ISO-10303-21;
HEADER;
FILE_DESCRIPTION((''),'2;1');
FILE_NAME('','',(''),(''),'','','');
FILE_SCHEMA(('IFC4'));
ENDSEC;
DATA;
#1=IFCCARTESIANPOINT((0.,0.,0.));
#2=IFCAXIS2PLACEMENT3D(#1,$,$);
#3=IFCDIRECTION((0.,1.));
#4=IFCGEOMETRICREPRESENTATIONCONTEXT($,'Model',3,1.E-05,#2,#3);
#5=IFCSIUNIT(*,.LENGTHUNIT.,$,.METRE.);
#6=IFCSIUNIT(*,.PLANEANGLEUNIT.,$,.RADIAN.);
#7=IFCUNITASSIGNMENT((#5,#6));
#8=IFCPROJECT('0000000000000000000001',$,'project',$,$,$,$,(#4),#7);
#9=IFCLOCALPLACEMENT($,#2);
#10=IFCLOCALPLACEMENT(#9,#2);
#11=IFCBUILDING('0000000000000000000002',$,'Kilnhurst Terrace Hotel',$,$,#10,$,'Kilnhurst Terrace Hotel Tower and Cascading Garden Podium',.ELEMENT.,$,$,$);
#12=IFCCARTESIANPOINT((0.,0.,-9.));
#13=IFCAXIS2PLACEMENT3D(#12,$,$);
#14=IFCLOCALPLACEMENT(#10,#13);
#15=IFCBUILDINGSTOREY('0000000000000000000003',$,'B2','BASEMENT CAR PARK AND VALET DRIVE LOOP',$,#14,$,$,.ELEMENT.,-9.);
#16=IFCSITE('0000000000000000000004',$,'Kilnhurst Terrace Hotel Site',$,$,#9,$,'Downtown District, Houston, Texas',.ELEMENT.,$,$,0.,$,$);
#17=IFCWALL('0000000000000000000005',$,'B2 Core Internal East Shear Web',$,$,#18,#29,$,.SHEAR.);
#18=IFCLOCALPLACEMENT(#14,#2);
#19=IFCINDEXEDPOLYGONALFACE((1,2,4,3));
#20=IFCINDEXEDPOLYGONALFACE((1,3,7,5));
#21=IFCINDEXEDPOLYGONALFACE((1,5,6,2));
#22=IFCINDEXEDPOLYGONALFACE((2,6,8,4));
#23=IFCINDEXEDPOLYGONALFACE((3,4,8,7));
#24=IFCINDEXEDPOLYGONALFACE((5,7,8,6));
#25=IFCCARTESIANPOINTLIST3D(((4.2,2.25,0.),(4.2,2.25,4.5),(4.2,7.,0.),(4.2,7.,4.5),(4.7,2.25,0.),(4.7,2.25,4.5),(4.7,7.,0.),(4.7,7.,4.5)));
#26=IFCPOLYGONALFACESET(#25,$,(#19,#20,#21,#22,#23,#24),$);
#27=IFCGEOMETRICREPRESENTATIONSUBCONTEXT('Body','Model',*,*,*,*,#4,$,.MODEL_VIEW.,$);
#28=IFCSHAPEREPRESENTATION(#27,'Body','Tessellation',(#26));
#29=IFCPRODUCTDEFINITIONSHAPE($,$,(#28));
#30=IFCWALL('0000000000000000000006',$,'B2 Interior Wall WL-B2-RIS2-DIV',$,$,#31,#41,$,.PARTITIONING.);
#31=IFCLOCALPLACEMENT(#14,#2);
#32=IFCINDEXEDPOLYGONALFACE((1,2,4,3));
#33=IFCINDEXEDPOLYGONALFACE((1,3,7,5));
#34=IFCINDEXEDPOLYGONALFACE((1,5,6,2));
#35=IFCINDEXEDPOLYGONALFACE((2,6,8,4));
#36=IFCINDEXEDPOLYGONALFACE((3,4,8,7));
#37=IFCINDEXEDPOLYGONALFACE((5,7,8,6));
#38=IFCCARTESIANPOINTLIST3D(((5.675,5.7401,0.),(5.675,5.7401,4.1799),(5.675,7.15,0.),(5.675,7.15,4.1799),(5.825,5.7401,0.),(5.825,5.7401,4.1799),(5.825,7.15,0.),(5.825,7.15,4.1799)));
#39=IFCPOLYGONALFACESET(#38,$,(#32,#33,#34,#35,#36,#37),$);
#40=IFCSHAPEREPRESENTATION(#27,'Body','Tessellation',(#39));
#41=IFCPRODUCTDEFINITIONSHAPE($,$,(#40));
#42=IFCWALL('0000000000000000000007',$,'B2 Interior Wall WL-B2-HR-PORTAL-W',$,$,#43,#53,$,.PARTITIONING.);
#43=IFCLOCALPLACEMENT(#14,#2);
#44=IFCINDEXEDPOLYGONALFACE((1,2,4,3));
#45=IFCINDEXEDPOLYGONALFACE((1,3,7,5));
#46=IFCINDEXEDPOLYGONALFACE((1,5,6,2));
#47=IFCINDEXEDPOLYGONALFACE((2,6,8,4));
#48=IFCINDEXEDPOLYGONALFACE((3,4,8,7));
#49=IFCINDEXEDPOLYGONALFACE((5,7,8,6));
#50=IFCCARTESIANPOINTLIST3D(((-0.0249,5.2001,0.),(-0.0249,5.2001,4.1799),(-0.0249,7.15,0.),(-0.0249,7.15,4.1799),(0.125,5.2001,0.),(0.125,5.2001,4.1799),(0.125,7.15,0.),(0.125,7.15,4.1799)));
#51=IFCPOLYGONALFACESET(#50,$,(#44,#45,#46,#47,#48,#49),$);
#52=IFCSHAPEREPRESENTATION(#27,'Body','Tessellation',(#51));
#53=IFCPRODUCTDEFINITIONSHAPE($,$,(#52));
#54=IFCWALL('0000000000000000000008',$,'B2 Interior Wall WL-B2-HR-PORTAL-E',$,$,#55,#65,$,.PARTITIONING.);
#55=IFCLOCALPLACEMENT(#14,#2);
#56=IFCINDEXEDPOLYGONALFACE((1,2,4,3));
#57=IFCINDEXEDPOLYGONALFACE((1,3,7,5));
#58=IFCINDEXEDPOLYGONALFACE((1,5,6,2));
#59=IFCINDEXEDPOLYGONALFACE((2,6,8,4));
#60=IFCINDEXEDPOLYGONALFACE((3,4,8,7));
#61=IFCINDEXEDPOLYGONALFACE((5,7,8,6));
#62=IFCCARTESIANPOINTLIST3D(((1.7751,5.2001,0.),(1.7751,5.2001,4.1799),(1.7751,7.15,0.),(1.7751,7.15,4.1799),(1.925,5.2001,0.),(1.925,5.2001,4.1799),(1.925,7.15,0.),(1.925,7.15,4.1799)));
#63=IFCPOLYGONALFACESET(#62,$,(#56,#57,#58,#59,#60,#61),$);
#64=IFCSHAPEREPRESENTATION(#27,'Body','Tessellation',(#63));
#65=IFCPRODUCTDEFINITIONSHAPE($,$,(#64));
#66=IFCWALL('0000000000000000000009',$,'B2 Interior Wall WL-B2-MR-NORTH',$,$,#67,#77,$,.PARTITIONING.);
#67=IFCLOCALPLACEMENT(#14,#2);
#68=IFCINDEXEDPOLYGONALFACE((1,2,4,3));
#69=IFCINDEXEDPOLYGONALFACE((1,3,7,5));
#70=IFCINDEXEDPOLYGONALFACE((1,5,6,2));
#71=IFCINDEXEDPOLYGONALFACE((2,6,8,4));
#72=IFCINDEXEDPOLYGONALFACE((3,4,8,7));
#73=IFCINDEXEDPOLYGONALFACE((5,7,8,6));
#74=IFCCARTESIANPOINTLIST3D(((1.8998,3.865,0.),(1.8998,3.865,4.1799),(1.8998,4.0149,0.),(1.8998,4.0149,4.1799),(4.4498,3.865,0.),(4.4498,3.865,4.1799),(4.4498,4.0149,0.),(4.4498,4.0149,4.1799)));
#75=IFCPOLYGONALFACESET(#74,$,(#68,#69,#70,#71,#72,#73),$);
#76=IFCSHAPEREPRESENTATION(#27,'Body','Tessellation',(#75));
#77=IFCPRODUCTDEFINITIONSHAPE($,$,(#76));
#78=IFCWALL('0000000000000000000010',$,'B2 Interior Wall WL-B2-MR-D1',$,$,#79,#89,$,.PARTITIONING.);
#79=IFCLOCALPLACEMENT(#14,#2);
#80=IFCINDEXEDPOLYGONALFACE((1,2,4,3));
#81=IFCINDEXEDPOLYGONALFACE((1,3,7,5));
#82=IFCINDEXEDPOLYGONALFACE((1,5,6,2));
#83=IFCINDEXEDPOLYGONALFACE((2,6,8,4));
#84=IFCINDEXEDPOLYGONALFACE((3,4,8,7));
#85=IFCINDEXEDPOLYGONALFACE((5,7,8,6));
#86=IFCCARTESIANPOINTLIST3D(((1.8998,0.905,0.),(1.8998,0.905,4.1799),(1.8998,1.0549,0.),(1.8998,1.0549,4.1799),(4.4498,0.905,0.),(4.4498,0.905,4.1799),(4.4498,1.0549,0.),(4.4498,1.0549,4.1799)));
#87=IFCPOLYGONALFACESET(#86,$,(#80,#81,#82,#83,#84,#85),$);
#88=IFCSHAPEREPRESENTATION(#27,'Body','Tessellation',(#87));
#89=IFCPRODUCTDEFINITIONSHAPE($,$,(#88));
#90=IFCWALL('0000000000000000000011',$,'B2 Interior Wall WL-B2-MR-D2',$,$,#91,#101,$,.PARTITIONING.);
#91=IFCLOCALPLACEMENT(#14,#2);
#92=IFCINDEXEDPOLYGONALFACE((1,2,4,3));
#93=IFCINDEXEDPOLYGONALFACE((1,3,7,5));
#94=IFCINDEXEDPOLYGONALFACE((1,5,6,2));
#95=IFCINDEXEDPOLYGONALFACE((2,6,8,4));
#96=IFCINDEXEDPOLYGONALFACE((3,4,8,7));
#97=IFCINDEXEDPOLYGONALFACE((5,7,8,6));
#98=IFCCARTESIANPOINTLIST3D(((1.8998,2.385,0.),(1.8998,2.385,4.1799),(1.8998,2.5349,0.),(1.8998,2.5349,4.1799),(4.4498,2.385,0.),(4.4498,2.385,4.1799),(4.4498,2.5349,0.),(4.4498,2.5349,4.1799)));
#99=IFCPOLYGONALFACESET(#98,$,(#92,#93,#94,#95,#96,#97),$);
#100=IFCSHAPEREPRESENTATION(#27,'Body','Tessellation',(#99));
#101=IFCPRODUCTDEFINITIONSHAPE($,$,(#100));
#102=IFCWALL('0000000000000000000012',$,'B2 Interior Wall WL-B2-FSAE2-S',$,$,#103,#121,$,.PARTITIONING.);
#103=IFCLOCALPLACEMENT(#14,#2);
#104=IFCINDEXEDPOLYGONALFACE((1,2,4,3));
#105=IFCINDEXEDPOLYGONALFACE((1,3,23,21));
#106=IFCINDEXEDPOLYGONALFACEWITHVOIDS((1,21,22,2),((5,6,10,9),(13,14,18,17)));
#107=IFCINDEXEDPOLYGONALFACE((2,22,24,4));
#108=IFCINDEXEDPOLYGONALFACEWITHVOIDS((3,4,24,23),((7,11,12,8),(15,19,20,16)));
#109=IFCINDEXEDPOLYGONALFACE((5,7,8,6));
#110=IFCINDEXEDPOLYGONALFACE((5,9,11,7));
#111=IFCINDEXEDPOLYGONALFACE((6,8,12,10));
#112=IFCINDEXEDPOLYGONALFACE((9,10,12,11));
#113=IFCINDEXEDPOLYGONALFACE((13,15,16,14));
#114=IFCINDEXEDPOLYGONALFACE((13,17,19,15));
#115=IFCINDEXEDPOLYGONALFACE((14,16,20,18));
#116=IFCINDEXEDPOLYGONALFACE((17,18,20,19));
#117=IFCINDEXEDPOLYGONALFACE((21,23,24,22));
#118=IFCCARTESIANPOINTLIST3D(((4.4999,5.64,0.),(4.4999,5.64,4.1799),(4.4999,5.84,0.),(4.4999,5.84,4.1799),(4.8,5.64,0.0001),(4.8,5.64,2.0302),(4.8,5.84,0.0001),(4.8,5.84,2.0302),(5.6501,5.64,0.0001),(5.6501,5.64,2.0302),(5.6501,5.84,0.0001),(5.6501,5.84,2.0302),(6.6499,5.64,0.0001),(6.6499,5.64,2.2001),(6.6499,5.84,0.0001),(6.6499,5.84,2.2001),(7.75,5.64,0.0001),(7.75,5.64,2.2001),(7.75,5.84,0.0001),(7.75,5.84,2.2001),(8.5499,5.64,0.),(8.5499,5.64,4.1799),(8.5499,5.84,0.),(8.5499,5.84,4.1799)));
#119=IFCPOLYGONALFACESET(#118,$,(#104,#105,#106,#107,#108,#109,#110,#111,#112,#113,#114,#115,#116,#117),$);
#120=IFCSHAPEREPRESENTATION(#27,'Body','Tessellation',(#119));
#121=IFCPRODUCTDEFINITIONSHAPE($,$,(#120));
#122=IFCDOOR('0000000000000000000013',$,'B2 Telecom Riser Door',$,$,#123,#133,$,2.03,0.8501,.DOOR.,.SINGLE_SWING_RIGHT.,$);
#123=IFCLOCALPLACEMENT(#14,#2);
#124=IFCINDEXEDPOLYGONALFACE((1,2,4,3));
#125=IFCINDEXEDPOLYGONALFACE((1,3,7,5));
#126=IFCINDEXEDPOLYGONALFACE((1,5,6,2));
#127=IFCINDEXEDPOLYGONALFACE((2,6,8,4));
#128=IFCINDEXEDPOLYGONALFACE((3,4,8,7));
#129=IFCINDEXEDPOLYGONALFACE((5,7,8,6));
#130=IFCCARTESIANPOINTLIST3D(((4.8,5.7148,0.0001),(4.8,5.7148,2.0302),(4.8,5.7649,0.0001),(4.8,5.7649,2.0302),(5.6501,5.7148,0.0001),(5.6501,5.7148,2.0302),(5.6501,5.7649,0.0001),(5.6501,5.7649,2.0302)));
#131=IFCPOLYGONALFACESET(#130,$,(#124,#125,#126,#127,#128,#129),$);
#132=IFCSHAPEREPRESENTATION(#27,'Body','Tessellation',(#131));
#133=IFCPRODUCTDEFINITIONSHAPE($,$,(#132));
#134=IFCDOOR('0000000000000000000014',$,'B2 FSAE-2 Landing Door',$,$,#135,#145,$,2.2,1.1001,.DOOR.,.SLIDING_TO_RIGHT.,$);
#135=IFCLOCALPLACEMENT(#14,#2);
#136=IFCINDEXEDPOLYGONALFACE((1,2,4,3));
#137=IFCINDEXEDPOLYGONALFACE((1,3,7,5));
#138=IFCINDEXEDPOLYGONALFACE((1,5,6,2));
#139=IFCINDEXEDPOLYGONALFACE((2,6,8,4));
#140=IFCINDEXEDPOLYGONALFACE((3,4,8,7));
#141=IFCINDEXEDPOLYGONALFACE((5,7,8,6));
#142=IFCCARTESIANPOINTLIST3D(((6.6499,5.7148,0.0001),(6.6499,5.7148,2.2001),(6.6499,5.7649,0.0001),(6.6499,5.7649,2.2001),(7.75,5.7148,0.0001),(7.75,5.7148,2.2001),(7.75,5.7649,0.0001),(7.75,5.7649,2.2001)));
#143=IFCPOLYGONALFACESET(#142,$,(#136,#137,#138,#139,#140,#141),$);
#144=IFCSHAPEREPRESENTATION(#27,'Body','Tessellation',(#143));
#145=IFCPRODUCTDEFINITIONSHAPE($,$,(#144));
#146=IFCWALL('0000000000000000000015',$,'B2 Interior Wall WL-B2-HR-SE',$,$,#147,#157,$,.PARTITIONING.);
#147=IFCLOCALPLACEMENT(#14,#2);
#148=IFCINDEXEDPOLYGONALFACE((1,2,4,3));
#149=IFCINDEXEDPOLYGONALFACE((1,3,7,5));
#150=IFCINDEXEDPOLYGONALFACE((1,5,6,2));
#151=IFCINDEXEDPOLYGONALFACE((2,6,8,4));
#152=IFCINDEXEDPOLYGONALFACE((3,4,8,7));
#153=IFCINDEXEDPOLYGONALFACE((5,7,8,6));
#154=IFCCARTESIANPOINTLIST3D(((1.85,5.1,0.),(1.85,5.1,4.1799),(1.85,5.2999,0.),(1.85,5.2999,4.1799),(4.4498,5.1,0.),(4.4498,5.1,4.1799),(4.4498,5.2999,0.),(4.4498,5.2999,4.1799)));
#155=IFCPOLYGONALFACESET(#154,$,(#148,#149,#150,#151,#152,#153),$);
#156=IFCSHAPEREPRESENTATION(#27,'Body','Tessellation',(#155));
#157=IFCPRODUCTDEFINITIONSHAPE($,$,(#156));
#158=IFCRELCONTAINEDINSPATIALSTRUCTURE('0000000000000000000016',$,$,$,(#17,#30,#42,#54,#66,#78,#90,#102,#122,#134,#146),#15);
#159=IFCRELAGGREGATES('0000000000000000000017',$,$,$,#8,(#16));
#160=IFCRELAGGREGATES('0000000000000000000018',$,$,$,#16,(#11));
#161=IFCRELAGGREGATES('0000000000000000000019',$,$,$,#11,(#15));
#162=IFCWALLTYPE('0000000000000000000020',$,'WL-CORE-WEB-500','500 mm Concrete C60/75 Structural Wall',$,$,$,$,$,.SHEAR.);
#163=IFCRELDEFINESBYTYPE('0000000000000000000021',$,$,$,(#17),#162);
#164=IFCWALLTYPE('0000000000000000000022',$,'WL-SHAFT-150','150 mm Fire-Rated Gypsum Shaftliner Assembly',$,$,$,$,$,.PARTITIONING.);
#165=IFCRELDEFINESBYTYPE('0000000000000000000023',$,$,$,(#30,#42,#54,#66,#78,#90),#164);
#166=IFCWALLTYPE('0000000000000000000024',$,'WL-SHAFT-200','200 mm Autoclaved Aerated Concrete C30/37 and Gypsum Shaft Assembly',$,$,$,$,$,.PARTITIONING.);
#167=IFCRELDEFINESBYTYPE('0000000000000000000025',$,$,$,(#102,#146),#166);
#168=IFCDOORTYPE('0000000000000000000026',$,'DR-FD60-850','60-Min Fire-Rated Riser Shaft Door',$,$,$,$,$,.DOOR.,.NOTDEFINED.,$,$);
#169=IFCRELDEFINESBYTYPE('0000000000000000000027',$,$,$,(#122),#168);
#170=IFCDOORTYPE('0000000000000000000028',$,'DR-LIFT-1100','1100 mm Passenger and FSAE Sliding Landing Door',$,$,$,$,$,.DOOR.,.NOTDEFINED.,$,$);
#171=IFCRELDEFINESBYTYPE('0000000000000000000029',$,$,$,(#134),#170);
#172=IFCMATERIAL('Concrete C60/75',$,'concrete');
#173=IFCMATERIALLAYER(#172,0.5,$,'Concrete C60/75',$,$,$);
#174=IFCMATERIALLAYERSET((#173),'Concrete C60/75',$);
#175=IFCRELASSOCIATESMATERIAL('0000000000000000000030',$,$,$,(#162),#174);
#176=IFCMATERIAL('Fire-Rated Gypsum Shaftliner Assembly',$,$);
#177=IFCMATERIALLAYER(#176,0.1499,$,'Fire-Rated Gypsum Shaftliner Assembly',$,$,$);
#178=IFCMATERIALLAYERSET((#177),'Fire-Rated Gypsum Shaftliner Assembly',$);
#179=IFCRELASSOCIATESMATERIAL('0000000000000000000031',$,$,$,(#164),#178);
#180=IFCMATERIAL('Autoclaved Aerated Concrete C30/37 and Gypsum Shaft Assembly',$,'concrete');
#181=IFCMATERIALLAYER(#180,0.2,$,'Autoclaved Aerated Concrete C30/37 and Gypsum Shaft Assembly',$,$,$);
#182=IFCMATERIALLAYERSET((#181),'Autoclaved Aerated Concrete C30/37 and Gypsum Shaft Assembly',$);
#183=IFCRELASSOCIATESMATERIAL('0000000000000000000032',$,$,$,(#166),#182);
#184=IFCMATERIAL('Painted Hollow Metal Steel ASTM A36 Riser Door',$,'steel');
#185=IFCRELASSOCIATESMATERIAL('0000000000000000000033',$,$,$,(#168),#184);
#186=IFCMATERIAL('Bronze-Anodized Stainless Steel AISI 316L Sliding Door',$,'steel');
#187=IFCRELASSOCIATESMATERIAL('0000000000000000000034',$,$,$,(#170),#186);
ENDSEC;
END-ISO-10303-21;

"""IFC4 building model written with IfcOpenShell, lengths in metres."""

from ifc_helpers import new_model, si_unit, direction, frame, frame_2d, origin, place, context, subcontext, project, spatial, rectangle, extrude, material, layer, layer_set, type_object, element, fill, save


model = new_model("IFC4")

# Units and contexts
model_context = context("Model", 3, precision=1e-05, world=origin(), true_north=direction((0.0, 1.0)))
body_context = subcontext(model_context, "Body", "Model", "MODEL_VIEW")
ifc_project = project(units=[si_unit("LENGTHUNIT", "METRE"), si_unit("PLANEANGLEUNIT", "RADIAN")], contexts=[model_context])

# Site, building, storey
site_placement = place(None, origin())
site = spatial("IfcSite", under=ifc_project, at=site_placement, Name="Kilnhurst Terrace Hotel Site", LongName="Downtown District, Houston, Texas", CompositionType="ELEMENT", RefElevation=0.0)
building_placement = place(site_placement, origin())
building = spatial("IfcBuilding", under=site, at=building_placement, Name="Kilnhurst Terrace Hotel", LongName="Kilnhurst Terrace Hotel Tower and Cascading Garden Podium", CompositionType="ELEMENT")
storey_placement = place(building_placement, frame((0.0, 0.0, -9.0)))
storey = spatial("IfcBuildingStorey", under=building, at=storey_placement, Name="B2", Description="BASEMENT CAR PARK AND VALET DRIVE LOOP", CompositionType="ELEMENT", Elevation=-9.0)

# Walls
ifc_material_1 = material(Name="Concrete C60/75", Category="concrete")
ifc_layer_1 = layer(ifc_material_1, 0.5, Name="Concrete C60/75")
ifc_layer_set_1 = layer_set([ifc_layer_1], Name="Concrete C60/75")
wall_type_1 = type_object("IfcWallType", Name="WL-CORE-WEB-500", Description="500 mm Concrete C60/75 Structural Wall", PredefinedType="SHEAR", material=ifc_layer_set_1)
wall_1_placement = place(storey_placement, frame((4.45, 2.25, 0.0), z_axis=(0.0, 0.0, 1.0), x_axis=(0.0, 1.0, 0.0)))
element("IfcWall", 1, at=wall_1_placement, inside=storey, type_object=wall_type_1, Name="B2 Core Internal East Shear Web", PredefinedType="SHEAR", context=body_context, shape_type="SweptSolid", body=[
    extrude(rectangle(XDim=4.75, YDim=0.5, at=frame_2d((2.375, 0.0))), origin(), (0.0, 0.0, 1.0), 4.5),
])
ifc_material_2 = material(Name="Fire-Rated Gypsum Shaftliner Assembly")
ifc_layer_2 = layer(ifc_material_2, 0.1499, Name="Fire-Rated Gypsum Shaftliner Assembly")
ifc_layer_set_2 = layer_set([ifc_layer_2], Name="Fire-Rated Gypsum Shaftliner Assembly")
wall_type_2 = type_object("IfcWallType", Name="WL-SHAFT-150", Description="150 mm Fire-Rated Gypsum Shaftliner Assembly", PredefinedType="PARTITIONING", material=ifc_layer_set_2)
wall_2_placement = place(storey_placement, frame((5.75, 5.74, 0.0), z_axis=(0.0, 0.0, 1.0), x_axis=(0.0, 1.0, 0.0)))
element("IfcWall", 2, at=wall_2_placement, inside=storey, type_object=wall_type_2, Name="B2 Interior Wall WL-B2-RIS2-DIV", PredefinedType="PARTITIONING", context=body_context, shape_type="SweptSolid", body=[
    extrude(rectangle(XDim=1.4099, YDim=0.1499, at=frame_2d((0.7051, 0.0))), origin(), (0.0, 0.0, 1.0), 4.1799),
])
for number, where, z_axis, x_axis, name in (
    (3, (0.05, 5.2, 0.0), (0.0, 0.0, 1.0), (0.0, 1.0, 0.0), "B2 Interior Wall WL-B2-HR-PORTAL-W"),
    (4, (1.8501, 5.2, 0.0), (0.0, 0.0, 1.0), (0.0, 1.0, 0.0), "B2 Interior Wall WL-B2-HR-PORTAL-E"),
):
    element("IfcWall", number, at=place(storey_placement, frame(where, z_axis=z_axis, x_axis=x_axis)), inside=storey, type_object=wall_type_2, Name=name, PredefinedType="PARTITIONING", context=body_context, shape_type="SweptSolid", body=[
        extrude(rectangle(XDim=1.95, YDim=0.1499, at=frame_2d((0.9751, 0.0))), origin(), (0.0, 0.0, 1.0), 4.1799),
    ])
for number, where, z_axis, x_axis, name in (
    (5, (1.8999, 3.9399, 0.0), (0.0, 0.0, 1.0), (1.0, 0.0, 0.0), "B2 Interior Wall WL-B2-MR-NORTH"),
    (6, (1.8999, 0.98, 0.0), (0.0, 0.0, 1.0), (1.0, 0.0, 0.0), "B2 Interior Wall WL-B2-MR-D1"),
    (7, (1.8999, 2.46, 0.0), (0.0, 0.0, 1.0), (1.0, 0.0, 0.0), "B2 Interior Wall WL-B2-MR-D2"),
):
    element("IfcWall", number, at=place(storey_placement, frame(where, z_axis=z_axis, x_axis=x_axis)), inside=storey, type_object=wall_type_2, Name=name, PredefinedType="PARTITIONING", context=body_context, shape_type="SweptSolid", body=[
        extrude(rectangle(XDim=2.55, YDim=0.1499, at=frame_2d((1.2749, 0.0))), origin(), (0.0, 0.0, 1.0), 4.1799),
    ])

# Wall, openings, doors
ifc_material_3 = material(Name="Autoclaved Aerated Concrete C30/37 and Gypsum Shaft Assembly", Category="concrete")
ifc_layer_3 = layer(ifc_material_3, 0.2, Name="Autoclaved Aerated Concrete C30/37 and Gypsum Shaft Assembly")
ifc_layer_set_3 = layer_set([ifc_layer_3], Name="Autoclaved Aerated Concrete C30/37 and Gypsum Shaft Assembly")
wall_type_3 = type_object("IfcWallType", Name="WL-SHAFT-200", Description="200 mm Autoclaved Aerated Concrete C30/37 and Gypsum Shaft Assembly", PredefinedType="PARTITIONING", material=ifc_layer_set_3)
wall_3_placement = place(storey_placement, frame((4.5, 5.74, 0.0), z_axis=(0.0, 0.0, 1.0), x_axis=(1.0, 0.0, 0.0)))
wall_3 = element("IfcWall", 8, at=wall_3_placement, inside=storey, type_object=wall_type_3, Name="B2 Interior Wall WL-B2-FSAE2-S", PredefinedType="PARTITIONING", context=body_context, shape_type="SweptSolid", body=[
    extrude(rectangle(XDim=4.05, YDim=0.2, at=frame_2d((2.0249, 0.0))), origin(), (0.0, 0.0, 1.0), 4.1799),
])
opening_1_placement = place(wall_3_placement, frame((0.3, 0.0, 0.0)))
opening_1 = element("IfcOpeningElement", 9, at=opening_1_placement, cuts=wall_3, PredefinedType="OPENING", context=body_context, shape_type="SweptSolid", body=[
    extrude(rectangle(XDim=0.8501, YDim=2.03, at=frame_2d((0.425, 1.0151))), frame((0.0, 0.1099, 0.0), z_axis=(0.0, -1.0, 0.0), x_axis=(1.0, 0.0, 0.0)), (0.0, 0.0, 1.0), 0.22),
])
opening_2_placement = place(wall_3_placement, frame((2.1499, 0.0, 0.0)))
opening_2 = element("IfcOpeningElement", 10, at=opening_2_placement, cuts=wall_3, PredefinedType="OPENING", context=body_context, shape_type="SweptSolid", body=[
    extrude(rectangle(XDim=1.1001, YDim=2.2, at=frame_2d((0.55, 1.1001))), frame((0.0, 0.1099, 0.0), z_axis=(0.0, -1.0, 0.0), x_axis=(1.0, 0.0, 0.0)), (0.0, 0.0, 1.0), 0.22),
])
ifc_material_4 = material(Name="Painted Hollow Metal Steel ASTM A36 Riser Door", Category="steel")
door_type_1 = type_object("IfcDoorType", Name="DR-FD60-850", Description="60-Min Fire-Rated Riser Shaft Door", OperationType="NOTDEFINED", PredefinedType="DOOR", material=ifc_material_4)
door_1_placement = place(opening_1_placement, origin())
door_1 = element("IfcDoor", 11, at=door_1_placement, inside=storey, type_object=door_type_1, Name="B2 Telecom Riser Door", OperationType="SINGLE_SWING_RIGHT", OverallHeight=2.03, OverallWidth=0.8501, PredefinedType="DOOR", context=body_context, shape_type="SweptSolid", body=[
    extrude(rectangle(XDim=0.8501, YDim=2.03, at=frame_2d((0.425, 1.0151))), frame((0.0, 0.0249, 0.0), z_axis=(0.0, -1.0, 0.0), x_axis=(1.0, 0.0, 0.0)), (0.0, 0.0, 1.0), 0.05),
])
fill(opening_1, door_1)
ifc_material_5 = material(Name="Bronze-Anodized Stainless Steel AISI 316L Sliding Door", Category="steel")
door_type_2 = type_object("IfcDoorType", Name="DR-LIFT-1100", Description="1100 mm Passenger and FSAE Sliding Landing Door", OperationType="NOTDEFINED", PredefinedType="DOOR", material=ifc_material_5)
door_2_placement = place(opening_2_placement, origin())
door_2 = element("IfcDoor", 12, at=door_2_placement, inside=storey, type_object=door_type_2, Name="B2 FSAE-2 Landing Door", OperationType="SLIDING_TO_RIGHT", OverallHeight=2.2, OverallWidth=1.1001, PredefinedType="DOOR", context=body_context, shape_type="SweptSolid", body=[
    extrude(rectangle(XDim=1.1001, YDim=2.2, at=frame_2d((0.55, 1.1001))), frame((0.0, 0.0249, 0.0), z_axis=(0.0, -1.0, 0.0), x_axis=(1.0, 0.0, 0.0)), (0.0, 0.0, 1.0), 0.05),
])
fill(opening_2, door_2)

# Wall
wall_4_placement = place(storey_placement, frame((1.8501, 5.2, 0.0), z_axis=(0.0, 0.0, 1.0), x_axis=(1.0, 0.0, 0.0)))
element("IfcWall", 13, at=wall_4_placement, inside=storey, type_object=wall_type_3, Name="B2 Interior Wall WL-B2-HR-SE", PredefinedType="PARTITIONING", context=body_context, shape_type="SweptSolid", body=[
    extrude(rectangle(XDim=2.5999, YDim=0.2, at=frame_2d((1.2998, 0.0))), origin(), (0.0, 0.0, 1.0), 4.1799),
])

save(model, "model.ifc")
